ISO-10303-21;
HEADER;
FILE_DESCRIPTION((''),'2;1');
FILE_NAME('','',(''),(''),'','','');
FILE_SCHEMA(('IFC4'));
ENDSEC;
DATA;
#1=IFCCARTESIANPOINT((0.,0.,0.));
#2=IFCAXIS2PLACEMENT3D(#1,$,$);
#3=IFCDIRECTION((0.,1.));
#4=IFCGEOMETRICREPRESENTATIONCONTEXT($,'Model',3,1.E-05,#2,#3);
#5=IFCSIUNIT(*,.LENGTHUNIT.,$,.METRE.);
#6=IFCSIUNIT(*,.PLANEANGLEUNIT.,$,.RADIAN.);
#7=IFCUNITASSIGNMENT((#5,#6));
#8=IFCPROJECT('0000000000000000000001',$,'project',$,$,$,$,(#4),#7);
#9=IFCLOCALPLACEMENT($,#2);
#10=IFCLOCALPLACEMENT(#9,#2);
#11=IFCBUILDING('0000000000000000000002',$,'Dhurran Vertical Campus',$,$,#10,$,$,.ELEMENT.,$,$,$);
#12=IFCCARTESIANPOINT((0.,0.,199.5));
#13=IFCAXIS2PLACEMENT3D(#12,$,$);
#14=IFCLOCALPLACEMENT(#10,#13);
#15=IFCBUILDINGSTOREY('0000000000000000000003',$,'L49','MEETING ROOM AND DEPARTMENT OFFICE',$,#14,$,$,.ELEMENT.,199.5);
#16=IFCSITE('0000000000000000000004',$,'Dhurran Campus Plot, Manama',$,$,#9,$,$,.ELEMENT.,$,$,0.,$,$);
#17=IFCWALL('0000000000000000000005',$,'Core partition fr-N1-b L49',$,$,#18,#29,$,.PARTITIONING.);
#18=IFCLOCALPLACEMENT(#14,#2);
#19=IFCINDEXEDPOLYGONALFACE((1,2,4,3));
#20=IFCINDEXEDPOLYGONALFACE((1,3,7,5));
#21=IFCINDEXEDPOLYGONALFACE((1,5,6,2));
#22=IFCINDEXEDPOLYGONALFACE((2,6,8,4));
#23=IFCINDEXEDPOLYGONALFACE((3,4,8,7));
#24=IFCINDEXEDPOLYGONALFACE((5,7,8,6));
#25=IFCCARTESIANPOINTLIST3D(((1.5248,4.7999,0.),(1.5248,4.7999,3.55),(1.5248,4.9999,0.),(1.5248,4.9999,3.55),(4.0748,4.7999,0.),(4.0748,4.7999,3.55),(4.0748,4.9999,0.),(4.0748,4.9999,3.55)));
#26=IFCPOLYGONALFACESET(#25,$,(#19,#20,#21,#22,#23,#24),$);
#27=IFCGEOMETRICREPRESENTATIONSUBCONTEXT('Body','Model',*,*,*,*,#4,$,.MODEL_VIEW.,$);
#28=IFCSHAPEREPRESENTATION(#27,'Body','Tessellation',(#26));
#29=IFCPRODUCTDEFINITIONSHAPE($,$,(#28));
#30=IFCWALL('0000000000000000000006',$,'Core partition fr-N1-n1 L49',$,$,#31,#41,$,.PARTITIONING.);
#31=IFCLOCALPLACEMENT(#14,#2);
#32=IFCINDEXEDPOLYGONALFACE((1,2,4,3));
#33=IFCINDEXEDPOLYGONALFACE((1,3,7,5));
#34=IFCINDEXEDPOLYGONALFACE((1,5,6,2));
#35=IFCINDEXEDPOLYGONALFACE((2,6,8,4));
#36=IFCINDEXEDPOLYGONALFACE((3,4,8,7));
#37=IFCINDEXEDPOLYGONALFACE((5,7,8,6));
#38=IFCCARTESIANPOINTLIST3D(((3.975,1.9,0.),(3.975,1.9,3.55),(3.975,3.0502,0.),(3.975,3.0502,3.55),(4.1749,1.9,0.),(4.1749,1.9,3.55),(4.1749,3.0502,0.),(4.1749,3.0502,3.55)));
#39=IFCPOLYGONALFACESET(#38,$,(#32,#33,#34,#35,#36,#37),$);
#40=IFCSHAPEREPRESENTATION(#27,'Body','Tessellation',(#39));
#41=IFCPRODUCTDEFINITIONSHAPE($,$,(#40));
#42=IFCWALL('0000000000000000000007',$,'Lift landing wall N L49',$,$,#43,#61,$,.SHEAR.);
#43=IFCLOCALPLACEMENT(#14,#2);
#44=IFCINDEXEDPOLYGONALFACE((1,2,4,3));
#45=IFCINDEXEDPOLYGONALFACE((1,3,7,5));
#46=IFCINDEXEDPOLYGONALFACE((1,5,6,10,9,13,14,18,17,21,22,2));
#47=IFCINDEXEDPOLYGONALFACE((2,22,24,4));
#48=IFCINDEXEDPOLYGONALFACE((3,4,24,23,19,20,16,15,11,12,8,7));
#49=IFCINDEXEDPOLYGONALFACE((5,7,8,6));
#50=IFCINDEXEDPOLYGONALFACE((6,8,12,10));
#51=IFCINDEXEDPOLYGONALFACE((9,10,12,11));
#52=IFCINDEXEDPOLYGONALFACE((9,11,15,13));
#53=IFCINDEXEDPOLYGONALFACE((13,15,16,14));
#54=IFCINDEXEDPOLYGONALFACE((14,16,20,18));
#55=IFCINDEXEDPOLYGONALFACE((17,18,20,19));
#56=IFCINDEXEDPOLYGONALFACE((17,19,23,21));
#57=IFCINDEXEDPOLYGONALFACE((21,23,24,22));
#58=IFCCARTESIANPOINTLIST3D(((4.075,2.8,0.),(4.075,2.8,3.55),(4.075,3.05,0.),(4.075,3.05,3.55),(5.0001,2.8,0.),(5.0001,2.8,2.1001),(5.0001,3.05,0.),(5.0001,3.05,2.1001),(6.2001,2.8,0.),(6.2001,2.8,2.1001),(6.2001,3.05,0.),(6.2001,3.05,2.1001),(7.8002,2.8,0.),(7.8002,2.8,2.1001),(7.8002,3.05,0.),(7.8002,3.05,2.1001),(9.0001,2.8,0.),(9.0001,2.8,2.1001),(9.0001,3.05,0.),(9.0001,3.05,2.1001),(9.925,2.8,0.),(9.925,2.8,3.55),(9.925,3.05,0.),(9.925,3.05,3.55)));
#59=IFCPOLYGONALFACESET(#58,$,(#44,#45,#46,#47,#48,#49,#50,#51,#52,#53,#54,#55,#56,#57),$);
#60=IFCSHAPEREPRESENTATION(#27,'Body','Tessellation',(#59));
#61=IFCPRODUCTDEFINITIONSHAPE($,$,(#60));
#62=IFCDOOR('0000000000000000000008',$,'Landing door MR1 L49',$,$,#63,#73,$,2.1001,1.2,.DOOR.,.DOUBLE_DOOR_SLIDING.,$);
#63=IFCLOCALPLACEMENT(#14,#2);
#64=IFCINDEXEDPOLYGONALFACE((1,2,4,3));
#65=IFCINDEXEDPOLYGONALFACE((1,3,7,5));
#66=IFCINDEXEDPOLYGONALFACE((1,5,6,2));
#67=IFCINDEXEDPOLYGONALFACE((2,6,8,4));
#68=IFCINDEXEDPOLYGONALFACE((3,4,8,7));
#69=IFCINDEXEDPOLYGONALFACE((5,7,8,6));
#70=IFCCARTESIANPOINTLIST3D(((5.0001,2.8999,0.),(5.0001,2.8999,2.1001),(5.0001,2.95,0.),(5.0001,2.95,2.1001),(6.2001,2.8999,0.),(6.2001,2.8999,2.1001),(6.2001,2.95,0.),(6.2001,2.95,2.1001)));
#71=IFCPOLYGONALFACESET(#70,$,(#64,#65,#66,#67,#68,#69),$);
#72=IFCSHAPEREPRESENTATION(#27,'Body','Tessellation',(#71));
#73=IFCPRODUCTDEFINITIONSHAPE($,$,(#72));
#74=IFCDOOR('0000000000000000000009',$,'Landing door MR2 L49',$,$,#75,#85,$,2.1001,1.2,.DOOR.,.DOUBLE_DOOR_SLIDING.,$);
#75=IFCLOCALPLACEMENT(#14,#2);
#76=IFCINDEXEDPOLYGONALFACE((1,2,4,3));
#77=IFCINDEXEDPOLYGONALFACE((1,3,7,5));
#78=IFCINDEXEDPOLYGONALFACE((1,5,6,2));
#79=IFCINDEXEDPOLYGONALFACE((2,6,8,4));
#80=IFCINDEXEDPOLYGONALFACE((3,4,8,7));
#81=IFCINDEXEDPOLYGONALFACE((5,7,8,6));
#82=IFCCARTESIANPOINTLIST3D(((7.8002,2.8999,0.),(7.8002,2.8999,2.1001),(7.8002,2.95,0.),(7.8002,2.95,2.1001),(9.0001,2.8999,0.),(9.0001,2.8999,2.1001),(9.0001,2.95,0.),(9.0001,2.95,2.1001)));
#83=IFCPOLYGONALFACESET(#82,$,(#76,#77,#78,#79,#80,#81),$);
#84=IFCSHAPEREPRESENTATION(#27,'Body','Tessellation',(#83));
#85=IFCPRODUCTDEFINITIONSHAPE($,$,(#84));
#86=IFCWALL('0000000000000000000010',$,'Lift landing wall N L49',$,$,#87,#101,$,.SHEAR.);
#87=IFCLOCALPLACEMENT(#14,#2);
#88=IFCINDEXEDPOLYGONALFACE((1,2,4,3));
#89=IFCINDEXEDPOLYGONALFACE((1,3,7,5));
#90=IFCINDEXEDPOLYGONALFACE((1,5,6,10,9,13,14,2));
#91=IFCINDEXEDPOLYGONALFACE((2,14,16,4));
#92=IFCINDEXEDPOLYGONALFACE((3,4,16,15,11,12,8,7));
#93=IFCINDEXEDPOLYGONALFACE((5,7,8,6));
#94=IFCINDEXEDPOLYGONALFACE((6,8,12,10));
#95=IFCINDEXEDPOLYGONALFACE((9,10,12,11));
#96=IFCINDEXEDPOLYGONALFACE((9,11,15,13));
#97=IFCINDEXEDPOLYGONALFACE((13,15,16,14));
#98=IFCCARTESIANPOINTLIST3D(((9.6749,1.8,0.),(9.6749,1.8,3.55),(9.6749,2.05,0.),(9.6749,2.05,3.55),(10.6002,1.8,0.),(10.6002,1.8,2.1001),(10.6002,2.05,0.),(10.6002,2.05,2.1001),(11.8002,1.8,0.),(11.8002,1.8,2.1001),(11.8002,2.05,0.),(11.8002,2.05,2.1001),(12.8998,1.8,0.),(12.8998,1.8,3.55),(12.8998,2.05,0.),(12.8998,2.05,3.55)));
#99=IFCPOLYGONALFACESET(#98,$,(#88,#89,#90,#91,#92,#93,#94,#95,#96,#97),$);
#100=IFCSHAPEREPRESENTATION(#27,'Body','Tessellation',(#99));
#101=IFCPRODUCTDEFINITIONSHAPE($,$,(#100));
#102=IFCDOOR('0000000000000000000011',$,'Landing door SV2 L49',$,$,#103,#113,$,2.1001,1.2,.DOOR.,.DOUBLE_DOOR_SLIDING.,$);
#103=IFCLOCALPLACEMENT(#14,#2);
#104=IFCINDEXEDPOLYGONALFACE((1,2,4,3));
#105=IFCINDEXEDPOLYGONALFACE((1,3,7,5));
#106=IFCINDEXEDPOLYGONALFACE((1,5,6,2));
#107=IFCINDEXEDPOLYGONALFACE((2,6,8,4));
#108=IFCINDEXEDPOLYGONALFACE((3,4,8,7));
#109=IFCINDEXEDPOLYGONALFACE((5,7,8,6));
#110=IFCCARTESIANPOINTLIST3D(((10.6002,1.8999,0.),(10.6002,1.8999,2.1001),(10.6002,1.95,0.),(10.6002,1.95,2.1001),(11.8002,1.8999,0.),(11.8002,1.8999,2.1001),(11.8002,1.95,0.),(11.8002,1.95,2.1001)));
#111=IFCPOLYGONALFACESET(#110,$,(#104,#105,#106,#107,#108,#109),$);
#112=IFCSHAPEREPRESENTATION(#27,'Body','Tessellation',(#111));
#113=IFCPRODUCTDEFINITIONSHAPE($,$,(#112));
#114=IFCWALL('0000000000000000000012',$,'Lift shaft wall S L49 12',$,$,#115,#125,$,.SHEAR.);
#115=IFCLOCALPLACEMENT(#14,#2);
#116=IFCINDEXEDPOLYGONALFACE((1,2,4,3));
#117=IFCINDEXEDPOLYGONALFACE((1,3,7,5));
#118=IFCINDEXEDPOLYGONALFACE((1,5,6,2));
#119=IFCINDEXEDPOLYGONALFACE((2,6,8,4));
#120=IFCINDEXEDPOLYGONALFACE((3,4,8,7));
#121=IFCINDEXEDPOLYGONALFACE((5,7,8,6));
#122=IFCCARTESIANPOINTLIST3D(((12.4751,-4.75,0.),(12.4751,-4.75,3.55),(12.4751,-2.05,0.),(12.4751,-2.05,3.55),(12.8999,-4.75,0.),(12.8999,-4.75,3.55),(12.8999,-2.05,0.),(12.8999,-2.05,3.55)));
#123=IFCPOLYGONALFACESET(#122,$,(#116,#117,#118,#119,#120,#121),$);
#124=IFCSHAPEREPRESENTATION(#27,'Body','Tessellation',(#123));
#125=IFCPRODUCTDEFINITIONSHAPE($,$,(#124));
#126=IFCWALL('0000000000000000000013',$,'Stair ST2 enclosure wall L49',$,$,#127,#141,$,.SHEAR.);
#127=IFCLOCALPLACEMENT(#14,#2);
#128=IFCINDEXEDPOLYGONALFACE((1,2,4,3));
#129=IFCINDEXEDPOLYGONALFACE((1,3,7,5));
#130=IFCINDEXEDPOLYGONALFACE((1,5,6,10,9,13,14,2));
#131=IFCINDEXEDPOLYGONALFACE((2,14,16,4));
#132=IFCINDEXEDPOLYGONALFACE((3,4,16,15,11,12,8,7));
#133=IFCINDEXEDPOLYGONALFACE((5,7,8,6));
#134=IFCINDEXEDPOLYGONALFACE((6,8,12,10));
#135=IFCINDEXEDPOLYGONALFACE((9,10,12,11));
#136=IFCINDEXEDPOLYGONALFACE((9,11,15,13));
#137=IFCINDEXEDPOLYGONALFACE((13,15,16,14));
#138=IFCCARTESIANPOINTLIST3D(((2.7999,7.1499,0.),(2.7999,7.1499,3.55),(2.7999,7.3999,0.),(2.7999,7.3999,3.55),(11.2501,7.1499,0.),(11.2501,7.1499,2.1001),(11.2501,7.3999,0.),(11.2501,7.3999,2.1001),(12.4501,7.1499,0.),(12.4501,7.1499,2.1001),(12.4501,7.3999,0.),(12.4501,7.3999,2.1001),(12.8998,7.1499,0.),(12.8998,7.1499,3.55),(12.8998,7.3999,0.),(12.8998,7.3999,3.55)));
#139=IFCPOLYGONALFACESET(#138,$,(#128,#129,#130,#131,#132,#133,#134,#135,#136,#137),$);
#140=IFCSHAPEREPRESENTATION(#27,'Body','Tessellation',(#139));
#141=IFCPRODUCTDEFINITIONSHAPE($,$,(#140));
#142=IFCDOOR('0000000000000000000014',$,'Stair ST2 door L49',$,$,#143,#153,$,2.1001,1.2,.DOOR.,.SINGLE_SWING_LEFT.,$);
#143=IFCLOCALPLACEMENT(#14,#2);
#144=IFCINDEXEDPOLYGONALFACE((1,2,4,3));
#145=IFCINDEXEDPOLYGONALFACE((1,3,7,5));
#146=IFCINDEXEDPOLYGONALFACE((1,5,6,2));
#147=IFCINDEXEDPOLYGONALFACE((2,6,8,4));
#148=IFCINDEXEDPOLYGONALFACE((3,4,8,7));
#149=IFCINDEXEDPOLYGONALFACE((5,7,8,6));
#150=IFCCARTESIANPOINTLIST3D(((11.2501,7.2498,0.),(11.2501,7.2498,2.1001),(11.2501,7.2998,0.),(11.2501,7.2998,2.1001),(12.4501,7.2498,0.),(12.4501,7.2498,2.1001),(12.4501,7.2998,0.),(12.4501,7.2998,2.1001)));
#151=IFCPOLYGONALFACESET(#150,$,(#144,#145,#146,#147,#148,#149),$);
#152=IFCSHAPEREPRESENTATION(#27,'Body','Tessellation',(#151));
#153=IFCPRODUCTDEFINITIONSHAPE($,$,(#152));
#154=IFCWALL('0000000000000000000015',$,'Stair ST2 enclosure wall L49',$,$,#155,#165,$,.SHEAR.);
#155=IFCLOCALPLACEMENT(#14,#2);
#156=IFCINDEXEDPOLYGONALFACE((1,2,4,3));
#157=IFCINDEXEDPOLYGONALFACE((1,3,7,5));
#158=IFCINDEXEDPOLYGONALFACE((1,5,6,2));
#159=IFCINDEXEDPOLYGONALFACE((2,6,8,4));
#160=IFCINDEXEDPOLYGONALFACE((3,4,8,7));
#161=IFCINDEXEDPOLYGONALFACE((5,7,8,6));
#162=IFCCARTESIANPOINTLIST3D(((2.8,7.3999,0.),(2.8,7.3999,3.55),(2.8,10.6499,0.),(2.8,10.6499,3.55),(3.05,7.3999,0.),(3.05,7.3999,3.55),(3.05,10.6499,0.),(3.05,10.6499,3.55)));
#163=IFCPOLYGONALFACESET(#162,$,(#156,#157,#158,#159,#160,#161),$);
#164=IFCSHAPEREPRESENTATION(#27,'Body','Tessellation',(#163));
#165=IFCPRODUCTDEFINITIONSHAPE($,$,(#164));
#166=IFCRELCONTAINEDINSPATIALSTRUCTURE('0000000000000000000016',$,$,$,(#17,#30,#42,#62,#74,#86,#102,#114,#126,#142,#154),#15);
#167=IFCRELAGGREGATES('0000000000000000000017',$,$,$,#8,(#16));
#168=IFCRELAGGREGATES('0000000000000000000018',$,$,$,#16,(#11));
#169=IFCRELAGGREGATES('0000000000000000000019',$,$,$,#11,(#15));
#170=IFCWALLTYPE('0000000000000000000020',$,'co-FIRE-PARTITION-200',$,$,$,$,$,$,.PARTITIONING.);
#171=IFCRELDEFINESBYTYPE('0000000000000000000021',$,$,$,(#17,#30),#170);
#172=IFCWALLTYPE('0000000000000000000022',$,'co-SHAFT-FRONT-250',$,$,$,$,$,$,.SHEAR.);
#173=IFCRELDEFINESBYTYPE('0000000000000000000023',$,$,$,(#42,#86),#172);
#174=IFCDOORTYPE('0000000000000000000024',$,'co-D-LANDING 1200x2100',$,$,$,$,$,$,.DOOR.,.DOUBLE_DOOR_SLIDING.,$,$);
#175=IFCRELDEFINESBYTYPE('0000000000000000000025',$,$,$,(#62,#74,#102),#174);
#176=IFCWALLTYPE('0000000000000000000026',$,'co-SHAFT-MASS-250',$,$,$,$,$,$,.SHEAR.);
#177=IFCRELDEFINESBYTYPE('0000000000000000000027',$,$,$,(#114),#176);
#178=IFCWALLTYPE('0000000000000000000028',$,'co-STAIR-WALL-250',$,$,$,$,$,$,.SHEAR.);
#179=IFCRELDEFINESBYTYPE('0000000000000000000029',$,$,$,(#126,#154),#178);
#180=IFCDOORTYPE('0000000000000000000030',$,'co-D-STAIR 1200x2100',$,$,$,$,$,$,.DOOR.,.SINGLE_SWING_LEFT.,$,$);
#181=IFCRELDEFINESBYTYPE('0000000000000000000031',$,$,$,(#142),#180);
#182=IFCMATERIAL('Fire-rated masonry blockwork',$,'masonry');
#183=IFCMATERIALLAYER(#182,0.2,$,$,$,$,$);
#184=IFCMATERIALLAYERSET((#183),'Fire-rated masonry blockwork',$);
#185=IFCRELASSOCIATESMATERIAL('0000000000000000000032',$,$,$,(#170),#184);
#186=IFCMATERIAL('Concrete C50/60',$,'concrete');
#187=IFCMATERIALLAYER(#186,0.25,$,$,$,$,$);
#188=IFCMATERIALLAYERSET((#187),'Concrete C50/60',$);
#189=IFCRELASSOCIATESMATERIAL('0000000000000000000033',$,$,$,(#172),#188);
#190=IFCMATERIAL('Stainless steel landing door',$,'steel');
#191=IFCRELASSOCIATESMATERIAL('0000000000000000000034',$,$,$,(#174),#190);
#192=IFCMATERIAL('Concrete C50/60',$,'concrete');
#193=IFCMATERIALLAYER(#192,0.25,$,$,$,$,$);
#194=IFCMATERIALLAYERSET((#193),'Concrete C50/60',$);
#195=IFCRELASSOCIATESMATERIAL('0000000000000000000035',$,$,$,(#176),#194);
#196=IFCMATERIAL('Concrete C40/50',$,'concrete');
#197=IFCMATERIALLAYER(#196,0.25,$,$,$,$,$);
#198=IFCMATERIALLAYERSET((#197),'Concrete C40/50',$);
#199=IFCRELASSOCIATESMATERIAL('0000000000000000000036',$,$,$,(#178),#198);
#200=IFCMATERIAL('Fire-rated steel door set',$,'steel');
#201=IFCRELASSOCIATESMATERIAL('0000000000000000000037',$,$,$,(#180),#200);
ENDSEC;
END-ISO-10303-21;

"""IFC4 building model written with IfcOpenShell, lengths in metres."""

from ifc_helpers import new_model, si_unit, direction, frame, frame_2d, origin, place, context, subcontext, project, spatial, polyline, rectangle, outline, extrude, material, layer, layer_set, type_object, element, fill, save


model = new_model("IFC4")

# Units and contexts
model_context = context("Model", 3, precision=1e-05, world=origin(), true_north=direction((0.0, 1.0)))
body_context = subcontext(model_context, "Body", "Model", "MODEL_VIEW")
ifc_project = project(units=[si_unit("LENGTHUNIT", "METRE"), si_unit("PLANEANGLEUNIT", "RADIAN")], contexts=[model_context])

# Site, building, storey
site_placement = place(None, origin())
site = spatial("IfcSite", under=ifc_project, at=site_placement, Name="Dhurran Campus Plot, Manama", CompositionType="ELEMENT", RefElevation=0.0)
building_placement = place(site_placement, origin())
building = spatial("IfcBuilding", under=site, at=building_placement, Name="Dhurran Vertical Campus", CompositionType="ELEMENT")
storey_placement = place(building_placement, frame((0.0, 0.0, 199.5)))
storey = spatial("IfcBuildingStorey", under=building, at=storey_placement, Name="L49", Description="MEETING ROOM AND DEPARTMENT OFFICE", CompositionType="ELEMENT", Elevation=199.5)

# Shared definitions
ifc_material_1 = material(Name="Fire-rated masonry blockwork", Category="masonry")
ifc_layer_1 = layer(ifc_material_1, 0.2)
ifc_layer_set_1 = layer_set([ifc_layer_1], Name="Fire-rated masonry blockwork")
wall_type_1 = type_object("IfcWallType", Name="co-FIRE-PARTITION-200", PredefinedType="PARTITIONING", material=ifc_layer_set_1)

# Walls
wall_1_placement = place(storey_placement, frame((1.5249, 4.8999, 0.0), z_axis=(0.0, 0.0, 1.0), x_axis=(1.0, 0.0, 0.0)))
element("IfcWall", 1, at=wall_1_placement, inside=storey, type_object=wall_type_1, Name="Core partition fr-N1-b L49", PredefinedType="PARTITIONING", context=body_context, shape_type="SweptSolid", body=[
    extrude(rectangle(XDim=2.55, YDim=0.2, at=frame_2d((1.2749, 0.0))), origin(), (0.0, 0.0, 1.0), 3.55),
])
wall_2_placement = place(storey_placement, frame((4.075, 1.8999, 0.0), z_axis=(0.0, 0.0, 1.0), x_axis=(0.0, 1.0, 0.0)))
element("IfcWall", 2, at=wall_2_placement, inside=storey, type_object=wall_type_1, Name="Core partition fr-N1-n1 L49", PredefinedType="PARTITIONING", context=body_context, shape_type="SweptSolid", body=[
    extrude(rectangle(XDim=1.1501, YDim=0.2, at=frame_2d((0.5752, 0.0))), origin(), (0.0, 0.0, 1.0), 3.55),
])

# Wall, openings, doors
ifc_material_2 = material(Name="Concrete C50/60", Category="concrete")
ifc_layer_2 = layer(ifc_material_2, 0.25)
ifc_layer_set_2 = layer_set([ifc_layer_2], Name="Concrete C50/60")
wall_type_2 = type_object("IfcWallType", Name="co-SHAFT-FRONT-250", PredefinedType="SHEAR", material=ifc_layer_set_2)
wall_3_placement = place(storey_placement, frame((4.075, 2.925, 0.0), z_axis=(0.0, 0.0, 1.0), x_axis=(1.0, 0.0, 0.0)))
wall_3 = element("IfcWall", 3, at=wall_3_placement, inside=storey, type_object=wall_type_2, Name="Lift landing wall N L49", PredefinedType="SHEAR", context=body_context, shape_type="SweptSolid", body=[
    extrude(rectangle(XDim=5.8501, YDim=0.25, at=frame_2d((2.925, 0.0))), origin(), (0.0, 0.0, 1.0), 3.55),
])
opening_1_placement = place(wall_3_placement, frame((0.925, 0.0, 0.0)))
opening_1 = element("IfcOpeningElement", 4, at=opening_1_placement, cuts=wall_3, PredefinedType="OPENING", context=body_context, shape_type="SweptSolid", body=[
    extrude(rectangle(XDim=1.2, YDim=2.1001, at=frame_2d((0.6001, 1.05))), frame((0.0, 0.135, 0.0), z_axis=(0.0, -1.0, 0.0), x_axis=(1.0, 0.0, 0.0)), (0.0, 0.0, 1.0), 0.27),
])
opening_2_placement = place(wall_3_placement, frame((3.7251, 0.0, 0.0)))
opening_2 = element("IfcOpeningElement", 5, at=opening_2_placement, cuts=wall_3, PredefinedType="OPENING", context=body_context, shape_type="SweptSolid", body=[
    extrude(rectangle(XDim=1.2, YDim=2.1001, at=frame_2d((0.6001, 1.05))), frame((0.0, 0.135, 0.0), z_axis=(0.0, -1.0, 0.0), x_axis=(1.0, 0.0, 0.0)), (0.0, 0.0, 1.0), 0.27),
])
ifc_material_3 = material(Name="Stainless steel landing door", Category="steel")
door_type_1 = type_object("IfcDoorType", Name="co-D-LANDING 1200x2100", OperationType="DOUBLE_DOOR_SLIDING", PredefinedType="DOOR", material=ifc_material_3)
door_1_placement = place(opening_1_placement, origin())
door_1 = element("IfcDoor", 6, at=door_1_placement, inside=storey, type_object=door_type_1, Name="Landing door MR1 L49", OperationType="DOUBLE_DOOR_SLIDING", OverallHeight=2.1001, OverallWidth=1.2, PredefinedType="DOOR", context=body_context, shape_type="SweptSolid", body=[
    extrude(rectangle(XDim=1.2, YDim=2.1001, at=frame_2d((0.6001, 1.05))), frame((0.0, 0.0249, 0.0), z_axis=(0.0, -1.0, 0.0), x_axis=(1.0, 0.0, 0.0)), (0.0, 0.0, 1.0), 0.05),
])
fill(opening_1, door_1)
door_2_placement = place(opening_2_placement, origin())
door_2 = element("IfcDoor", 7, at=door_2_placement, inside=storey, type_object=door_type_1, Name="Landing door MR2 L49", OperationType="DOUBLE_DOOR_SLIDING", OverallHeight=2.1001, OverallWidth=1.2, PredefinedType="DOOR", context=body_context, shape_type="SweptSolid", body=[
    extrude(rectangle(XDim=1.2, YDim=2.1001, at=frame_2d((0.6001, 1.05))), frame((0.0, 0.0249, 0.0), z_axis=(0.0, -1.0, 0.0), x_axis=(1.0, 0.0, 0.0)), (0.0, 0.0, 1.0), 0.05),
])
fill(opening_2, door_2)

# Wall, opening, door
wall_4_placement = place(storey_placement, frame((9.675, 1.925, 0.0), z_axis=(0.0, 0.0, 1.0), x_axis=(1.0, 0.0, 0.0)))
wall_4 = element("IfcWall", 8, at=wall_4_placement, inside=storey, type_object=wall_type_2, Name="Lift landing wall N L49", PredefinedType="SHEAR", context=body_context, shape_type="SweptSolid", body=[
    extrude(rectangle(XDim=3.2249, YDim=0.25, at=frame_2d((1.6123, 0.0))), origin(), (0.0, 0.0, 1.0), 3.55),
])
opening_3_placement = place(wall_4_placement, frame((0.925, 0.0, 0.0)))
opening_3 = element("IfcOpeningElement", 9, at=opening_3_placement, cuts=wall_4, PredefinedType="OPENING", context=body_context, shape_type="SweptSolid", body=[
    extrude(rectangle(XDim=1.2, YDim=2.1001, at=frame_2d((0.6001, 1.05))), frame((0.0, 0.135, 0.0), z_axis=(0.0, -1.0, 0.0), x_axis=(1.0, 0.0, 0.0)), (0.0, 0.0, 1.0), 0.27),
])
door_3_placement = place(opening_3_placement, origin())
door_3 = element("IfcDoor", 10, at=door_3_placement, inside=storey, type_object=door_type_1, Name="Landing door SV2 L49", OperationType="DOUBLE_DOOR_SLIDING", OverallHeight=2.1001, OverallWidth=1.2, PredefinedType="DOOR", context=body_context, shape_type="SweptSolid", body=[
    extrude(rectangle(XDim=1.2, YDim=2.1001, at=frame_2d((0.6001, 1.05))), frame((0.0, 0.0249, 0.0), z_axis=(0.0, -1.0, 0.0), x_axis=(1.0, 0.0, 0.0)), (0.0, 0.0, 1.0), 0.05),
])
fill(opening_3, door_3)

# Wall
ifc_material_4 = material(Name="Concrete C50/60", Category="concrete")
ifc_layer_3 = layer(ifc_material_4, 0.25)
ifc_layer_set_3 = layer_set([ifc_layer_3], Name="Concrete C50/60")
wall_type_3 = type_object("IfcWallType", Name="co-SHAFT-MASS-250", PredefinedType="SHEAR", material=ifc_layer_set_3)
wall_5_placement = place(storey_placement, origin())
element("IfcWall", 11, at=wall_5_placement, inside=storey, type_object=wall_type_3, Name="Lift shaft wall S L49 12", PredefinedType="SHEAR", context=body_context, shape_type="SweptSolid", body=[
    extrude(outline(polyline([(12.4751, -4.75), (12.8999, -4.75), (12.8999, -2.05), (12.4751, -2.05), (12.4751, -4.75)])), origin(), (0.0, 0.0, 1.0), 3.55),
])

# Wall, opening, door
ifc_material_5 = material(Name="Concrete C40/50", Category="concrete")
ifc_layer_4 = layer(ifc_material_5, 0.25)
ifc_layer_set_4 = layer_set([ifc_layer_4], Name="Concrete C40/50")
wall_type_4 = type_object("IfcWallType", Name="co-STAIR-WALL-250", PredefinedType="SHEAR", material=ifc_layer_set_4)
wall_6_placement = place(storey_placement, frame((2.8, 7.2749, 0.0), z_axis=(0.0, 0.0, 1.0), x_axis=(1.0, 0.0, 0.0)))
wall_6 = element("IfcWall", 12, at=wall_6_placement, inside=storey, type_object=wall_type_4, Name="Stair ST2 enclosure wall L49", PredefinedType="SHEAR", context=body_context, shape_type="SweptSolid", body=[
    extrude(rectangle(XDim=10.0999, YDim=0.25, at=frame_2d((5.0498, 0.0))), origin(), (0.0, 0.0, 1.0), 3.55),
])
opening_4_placement = place(wall_6_placement, frame((8.45, 0.0, 0.0)))
opening_4 = element("IfcOpeningElement", 13, at=opening_4_placement, cuts=wall_6, PredefinedType="OPENING", context=body_context, shape_type="SweptSolid", body=[
    extrude(rectangle(XDim=1.2, YDim=2.1001, at=frame_2d((0.6001, 1.05))), frame((0.0, 0.135, 0.0), z_axis=(0.0, -1.0, 0.0), x_axis=(1.0, 0.0, 0.0)), (0.0, 0.0, 1.0), 0.27),
])
ifc_material_6 = material(Name="Fire-rated steel door set", Category="steel")
door_type_2 = type_object("IfcDoorType", Name="co-D-STAIR 1200x2100", OperationType="SINGLE_SWING_LEFT", PredefinedType="DOOR", material=ifc_material_6)
door_4_placement = place(opening_4_placement, origin())
door_4 = element("IfcDoor", 14, at=door_4_placement, inside=storey, type_object=door_type_2, Name="Stair ST2 door L49", OperationType="SINGLE_SWING_LEFT", OverallHeight=2.1001, OverallWidth=1.2, PredefinedType="DOOR", context=body_context, shape_type="SweptSolid", body=[
    extrude(rectangle(XDim=1.2, YDim=2.1001, at=frame_2d((0.6001, 1.05))), frame((0.0, 0.0249, 0.0), z_axis=(0.0, -1.0, 0.0), x_axis=(1.0, 0.0, 0.0)), (0.0, 0.0, 1.0), 0.05),
])
fill(opening_4, door_4)

# Wall
wall_7_placement = place(storey_placement, frame((2.925, 7.3999, 0.0), z_axis=(0.0, 0.0, 1.0), x_axis=(0.0, 1.0, 0.0)))
element("IfcWall", 15, at=wall_7_placement, inside=storey, type_object=wall_type_4, Name="Stair ST2 enclosure wall L49", PredefinedType="SHEAR", context=body_context, shape_type="SweptSolid", body=[
    extrude(rectangle(XDim=3.25, YDim=0.25, at=frame_2d((1.625, 0.0))), origin(), (0.0, 0.0, 1.0), 3.55),
])

save(model, "model.ifc")
